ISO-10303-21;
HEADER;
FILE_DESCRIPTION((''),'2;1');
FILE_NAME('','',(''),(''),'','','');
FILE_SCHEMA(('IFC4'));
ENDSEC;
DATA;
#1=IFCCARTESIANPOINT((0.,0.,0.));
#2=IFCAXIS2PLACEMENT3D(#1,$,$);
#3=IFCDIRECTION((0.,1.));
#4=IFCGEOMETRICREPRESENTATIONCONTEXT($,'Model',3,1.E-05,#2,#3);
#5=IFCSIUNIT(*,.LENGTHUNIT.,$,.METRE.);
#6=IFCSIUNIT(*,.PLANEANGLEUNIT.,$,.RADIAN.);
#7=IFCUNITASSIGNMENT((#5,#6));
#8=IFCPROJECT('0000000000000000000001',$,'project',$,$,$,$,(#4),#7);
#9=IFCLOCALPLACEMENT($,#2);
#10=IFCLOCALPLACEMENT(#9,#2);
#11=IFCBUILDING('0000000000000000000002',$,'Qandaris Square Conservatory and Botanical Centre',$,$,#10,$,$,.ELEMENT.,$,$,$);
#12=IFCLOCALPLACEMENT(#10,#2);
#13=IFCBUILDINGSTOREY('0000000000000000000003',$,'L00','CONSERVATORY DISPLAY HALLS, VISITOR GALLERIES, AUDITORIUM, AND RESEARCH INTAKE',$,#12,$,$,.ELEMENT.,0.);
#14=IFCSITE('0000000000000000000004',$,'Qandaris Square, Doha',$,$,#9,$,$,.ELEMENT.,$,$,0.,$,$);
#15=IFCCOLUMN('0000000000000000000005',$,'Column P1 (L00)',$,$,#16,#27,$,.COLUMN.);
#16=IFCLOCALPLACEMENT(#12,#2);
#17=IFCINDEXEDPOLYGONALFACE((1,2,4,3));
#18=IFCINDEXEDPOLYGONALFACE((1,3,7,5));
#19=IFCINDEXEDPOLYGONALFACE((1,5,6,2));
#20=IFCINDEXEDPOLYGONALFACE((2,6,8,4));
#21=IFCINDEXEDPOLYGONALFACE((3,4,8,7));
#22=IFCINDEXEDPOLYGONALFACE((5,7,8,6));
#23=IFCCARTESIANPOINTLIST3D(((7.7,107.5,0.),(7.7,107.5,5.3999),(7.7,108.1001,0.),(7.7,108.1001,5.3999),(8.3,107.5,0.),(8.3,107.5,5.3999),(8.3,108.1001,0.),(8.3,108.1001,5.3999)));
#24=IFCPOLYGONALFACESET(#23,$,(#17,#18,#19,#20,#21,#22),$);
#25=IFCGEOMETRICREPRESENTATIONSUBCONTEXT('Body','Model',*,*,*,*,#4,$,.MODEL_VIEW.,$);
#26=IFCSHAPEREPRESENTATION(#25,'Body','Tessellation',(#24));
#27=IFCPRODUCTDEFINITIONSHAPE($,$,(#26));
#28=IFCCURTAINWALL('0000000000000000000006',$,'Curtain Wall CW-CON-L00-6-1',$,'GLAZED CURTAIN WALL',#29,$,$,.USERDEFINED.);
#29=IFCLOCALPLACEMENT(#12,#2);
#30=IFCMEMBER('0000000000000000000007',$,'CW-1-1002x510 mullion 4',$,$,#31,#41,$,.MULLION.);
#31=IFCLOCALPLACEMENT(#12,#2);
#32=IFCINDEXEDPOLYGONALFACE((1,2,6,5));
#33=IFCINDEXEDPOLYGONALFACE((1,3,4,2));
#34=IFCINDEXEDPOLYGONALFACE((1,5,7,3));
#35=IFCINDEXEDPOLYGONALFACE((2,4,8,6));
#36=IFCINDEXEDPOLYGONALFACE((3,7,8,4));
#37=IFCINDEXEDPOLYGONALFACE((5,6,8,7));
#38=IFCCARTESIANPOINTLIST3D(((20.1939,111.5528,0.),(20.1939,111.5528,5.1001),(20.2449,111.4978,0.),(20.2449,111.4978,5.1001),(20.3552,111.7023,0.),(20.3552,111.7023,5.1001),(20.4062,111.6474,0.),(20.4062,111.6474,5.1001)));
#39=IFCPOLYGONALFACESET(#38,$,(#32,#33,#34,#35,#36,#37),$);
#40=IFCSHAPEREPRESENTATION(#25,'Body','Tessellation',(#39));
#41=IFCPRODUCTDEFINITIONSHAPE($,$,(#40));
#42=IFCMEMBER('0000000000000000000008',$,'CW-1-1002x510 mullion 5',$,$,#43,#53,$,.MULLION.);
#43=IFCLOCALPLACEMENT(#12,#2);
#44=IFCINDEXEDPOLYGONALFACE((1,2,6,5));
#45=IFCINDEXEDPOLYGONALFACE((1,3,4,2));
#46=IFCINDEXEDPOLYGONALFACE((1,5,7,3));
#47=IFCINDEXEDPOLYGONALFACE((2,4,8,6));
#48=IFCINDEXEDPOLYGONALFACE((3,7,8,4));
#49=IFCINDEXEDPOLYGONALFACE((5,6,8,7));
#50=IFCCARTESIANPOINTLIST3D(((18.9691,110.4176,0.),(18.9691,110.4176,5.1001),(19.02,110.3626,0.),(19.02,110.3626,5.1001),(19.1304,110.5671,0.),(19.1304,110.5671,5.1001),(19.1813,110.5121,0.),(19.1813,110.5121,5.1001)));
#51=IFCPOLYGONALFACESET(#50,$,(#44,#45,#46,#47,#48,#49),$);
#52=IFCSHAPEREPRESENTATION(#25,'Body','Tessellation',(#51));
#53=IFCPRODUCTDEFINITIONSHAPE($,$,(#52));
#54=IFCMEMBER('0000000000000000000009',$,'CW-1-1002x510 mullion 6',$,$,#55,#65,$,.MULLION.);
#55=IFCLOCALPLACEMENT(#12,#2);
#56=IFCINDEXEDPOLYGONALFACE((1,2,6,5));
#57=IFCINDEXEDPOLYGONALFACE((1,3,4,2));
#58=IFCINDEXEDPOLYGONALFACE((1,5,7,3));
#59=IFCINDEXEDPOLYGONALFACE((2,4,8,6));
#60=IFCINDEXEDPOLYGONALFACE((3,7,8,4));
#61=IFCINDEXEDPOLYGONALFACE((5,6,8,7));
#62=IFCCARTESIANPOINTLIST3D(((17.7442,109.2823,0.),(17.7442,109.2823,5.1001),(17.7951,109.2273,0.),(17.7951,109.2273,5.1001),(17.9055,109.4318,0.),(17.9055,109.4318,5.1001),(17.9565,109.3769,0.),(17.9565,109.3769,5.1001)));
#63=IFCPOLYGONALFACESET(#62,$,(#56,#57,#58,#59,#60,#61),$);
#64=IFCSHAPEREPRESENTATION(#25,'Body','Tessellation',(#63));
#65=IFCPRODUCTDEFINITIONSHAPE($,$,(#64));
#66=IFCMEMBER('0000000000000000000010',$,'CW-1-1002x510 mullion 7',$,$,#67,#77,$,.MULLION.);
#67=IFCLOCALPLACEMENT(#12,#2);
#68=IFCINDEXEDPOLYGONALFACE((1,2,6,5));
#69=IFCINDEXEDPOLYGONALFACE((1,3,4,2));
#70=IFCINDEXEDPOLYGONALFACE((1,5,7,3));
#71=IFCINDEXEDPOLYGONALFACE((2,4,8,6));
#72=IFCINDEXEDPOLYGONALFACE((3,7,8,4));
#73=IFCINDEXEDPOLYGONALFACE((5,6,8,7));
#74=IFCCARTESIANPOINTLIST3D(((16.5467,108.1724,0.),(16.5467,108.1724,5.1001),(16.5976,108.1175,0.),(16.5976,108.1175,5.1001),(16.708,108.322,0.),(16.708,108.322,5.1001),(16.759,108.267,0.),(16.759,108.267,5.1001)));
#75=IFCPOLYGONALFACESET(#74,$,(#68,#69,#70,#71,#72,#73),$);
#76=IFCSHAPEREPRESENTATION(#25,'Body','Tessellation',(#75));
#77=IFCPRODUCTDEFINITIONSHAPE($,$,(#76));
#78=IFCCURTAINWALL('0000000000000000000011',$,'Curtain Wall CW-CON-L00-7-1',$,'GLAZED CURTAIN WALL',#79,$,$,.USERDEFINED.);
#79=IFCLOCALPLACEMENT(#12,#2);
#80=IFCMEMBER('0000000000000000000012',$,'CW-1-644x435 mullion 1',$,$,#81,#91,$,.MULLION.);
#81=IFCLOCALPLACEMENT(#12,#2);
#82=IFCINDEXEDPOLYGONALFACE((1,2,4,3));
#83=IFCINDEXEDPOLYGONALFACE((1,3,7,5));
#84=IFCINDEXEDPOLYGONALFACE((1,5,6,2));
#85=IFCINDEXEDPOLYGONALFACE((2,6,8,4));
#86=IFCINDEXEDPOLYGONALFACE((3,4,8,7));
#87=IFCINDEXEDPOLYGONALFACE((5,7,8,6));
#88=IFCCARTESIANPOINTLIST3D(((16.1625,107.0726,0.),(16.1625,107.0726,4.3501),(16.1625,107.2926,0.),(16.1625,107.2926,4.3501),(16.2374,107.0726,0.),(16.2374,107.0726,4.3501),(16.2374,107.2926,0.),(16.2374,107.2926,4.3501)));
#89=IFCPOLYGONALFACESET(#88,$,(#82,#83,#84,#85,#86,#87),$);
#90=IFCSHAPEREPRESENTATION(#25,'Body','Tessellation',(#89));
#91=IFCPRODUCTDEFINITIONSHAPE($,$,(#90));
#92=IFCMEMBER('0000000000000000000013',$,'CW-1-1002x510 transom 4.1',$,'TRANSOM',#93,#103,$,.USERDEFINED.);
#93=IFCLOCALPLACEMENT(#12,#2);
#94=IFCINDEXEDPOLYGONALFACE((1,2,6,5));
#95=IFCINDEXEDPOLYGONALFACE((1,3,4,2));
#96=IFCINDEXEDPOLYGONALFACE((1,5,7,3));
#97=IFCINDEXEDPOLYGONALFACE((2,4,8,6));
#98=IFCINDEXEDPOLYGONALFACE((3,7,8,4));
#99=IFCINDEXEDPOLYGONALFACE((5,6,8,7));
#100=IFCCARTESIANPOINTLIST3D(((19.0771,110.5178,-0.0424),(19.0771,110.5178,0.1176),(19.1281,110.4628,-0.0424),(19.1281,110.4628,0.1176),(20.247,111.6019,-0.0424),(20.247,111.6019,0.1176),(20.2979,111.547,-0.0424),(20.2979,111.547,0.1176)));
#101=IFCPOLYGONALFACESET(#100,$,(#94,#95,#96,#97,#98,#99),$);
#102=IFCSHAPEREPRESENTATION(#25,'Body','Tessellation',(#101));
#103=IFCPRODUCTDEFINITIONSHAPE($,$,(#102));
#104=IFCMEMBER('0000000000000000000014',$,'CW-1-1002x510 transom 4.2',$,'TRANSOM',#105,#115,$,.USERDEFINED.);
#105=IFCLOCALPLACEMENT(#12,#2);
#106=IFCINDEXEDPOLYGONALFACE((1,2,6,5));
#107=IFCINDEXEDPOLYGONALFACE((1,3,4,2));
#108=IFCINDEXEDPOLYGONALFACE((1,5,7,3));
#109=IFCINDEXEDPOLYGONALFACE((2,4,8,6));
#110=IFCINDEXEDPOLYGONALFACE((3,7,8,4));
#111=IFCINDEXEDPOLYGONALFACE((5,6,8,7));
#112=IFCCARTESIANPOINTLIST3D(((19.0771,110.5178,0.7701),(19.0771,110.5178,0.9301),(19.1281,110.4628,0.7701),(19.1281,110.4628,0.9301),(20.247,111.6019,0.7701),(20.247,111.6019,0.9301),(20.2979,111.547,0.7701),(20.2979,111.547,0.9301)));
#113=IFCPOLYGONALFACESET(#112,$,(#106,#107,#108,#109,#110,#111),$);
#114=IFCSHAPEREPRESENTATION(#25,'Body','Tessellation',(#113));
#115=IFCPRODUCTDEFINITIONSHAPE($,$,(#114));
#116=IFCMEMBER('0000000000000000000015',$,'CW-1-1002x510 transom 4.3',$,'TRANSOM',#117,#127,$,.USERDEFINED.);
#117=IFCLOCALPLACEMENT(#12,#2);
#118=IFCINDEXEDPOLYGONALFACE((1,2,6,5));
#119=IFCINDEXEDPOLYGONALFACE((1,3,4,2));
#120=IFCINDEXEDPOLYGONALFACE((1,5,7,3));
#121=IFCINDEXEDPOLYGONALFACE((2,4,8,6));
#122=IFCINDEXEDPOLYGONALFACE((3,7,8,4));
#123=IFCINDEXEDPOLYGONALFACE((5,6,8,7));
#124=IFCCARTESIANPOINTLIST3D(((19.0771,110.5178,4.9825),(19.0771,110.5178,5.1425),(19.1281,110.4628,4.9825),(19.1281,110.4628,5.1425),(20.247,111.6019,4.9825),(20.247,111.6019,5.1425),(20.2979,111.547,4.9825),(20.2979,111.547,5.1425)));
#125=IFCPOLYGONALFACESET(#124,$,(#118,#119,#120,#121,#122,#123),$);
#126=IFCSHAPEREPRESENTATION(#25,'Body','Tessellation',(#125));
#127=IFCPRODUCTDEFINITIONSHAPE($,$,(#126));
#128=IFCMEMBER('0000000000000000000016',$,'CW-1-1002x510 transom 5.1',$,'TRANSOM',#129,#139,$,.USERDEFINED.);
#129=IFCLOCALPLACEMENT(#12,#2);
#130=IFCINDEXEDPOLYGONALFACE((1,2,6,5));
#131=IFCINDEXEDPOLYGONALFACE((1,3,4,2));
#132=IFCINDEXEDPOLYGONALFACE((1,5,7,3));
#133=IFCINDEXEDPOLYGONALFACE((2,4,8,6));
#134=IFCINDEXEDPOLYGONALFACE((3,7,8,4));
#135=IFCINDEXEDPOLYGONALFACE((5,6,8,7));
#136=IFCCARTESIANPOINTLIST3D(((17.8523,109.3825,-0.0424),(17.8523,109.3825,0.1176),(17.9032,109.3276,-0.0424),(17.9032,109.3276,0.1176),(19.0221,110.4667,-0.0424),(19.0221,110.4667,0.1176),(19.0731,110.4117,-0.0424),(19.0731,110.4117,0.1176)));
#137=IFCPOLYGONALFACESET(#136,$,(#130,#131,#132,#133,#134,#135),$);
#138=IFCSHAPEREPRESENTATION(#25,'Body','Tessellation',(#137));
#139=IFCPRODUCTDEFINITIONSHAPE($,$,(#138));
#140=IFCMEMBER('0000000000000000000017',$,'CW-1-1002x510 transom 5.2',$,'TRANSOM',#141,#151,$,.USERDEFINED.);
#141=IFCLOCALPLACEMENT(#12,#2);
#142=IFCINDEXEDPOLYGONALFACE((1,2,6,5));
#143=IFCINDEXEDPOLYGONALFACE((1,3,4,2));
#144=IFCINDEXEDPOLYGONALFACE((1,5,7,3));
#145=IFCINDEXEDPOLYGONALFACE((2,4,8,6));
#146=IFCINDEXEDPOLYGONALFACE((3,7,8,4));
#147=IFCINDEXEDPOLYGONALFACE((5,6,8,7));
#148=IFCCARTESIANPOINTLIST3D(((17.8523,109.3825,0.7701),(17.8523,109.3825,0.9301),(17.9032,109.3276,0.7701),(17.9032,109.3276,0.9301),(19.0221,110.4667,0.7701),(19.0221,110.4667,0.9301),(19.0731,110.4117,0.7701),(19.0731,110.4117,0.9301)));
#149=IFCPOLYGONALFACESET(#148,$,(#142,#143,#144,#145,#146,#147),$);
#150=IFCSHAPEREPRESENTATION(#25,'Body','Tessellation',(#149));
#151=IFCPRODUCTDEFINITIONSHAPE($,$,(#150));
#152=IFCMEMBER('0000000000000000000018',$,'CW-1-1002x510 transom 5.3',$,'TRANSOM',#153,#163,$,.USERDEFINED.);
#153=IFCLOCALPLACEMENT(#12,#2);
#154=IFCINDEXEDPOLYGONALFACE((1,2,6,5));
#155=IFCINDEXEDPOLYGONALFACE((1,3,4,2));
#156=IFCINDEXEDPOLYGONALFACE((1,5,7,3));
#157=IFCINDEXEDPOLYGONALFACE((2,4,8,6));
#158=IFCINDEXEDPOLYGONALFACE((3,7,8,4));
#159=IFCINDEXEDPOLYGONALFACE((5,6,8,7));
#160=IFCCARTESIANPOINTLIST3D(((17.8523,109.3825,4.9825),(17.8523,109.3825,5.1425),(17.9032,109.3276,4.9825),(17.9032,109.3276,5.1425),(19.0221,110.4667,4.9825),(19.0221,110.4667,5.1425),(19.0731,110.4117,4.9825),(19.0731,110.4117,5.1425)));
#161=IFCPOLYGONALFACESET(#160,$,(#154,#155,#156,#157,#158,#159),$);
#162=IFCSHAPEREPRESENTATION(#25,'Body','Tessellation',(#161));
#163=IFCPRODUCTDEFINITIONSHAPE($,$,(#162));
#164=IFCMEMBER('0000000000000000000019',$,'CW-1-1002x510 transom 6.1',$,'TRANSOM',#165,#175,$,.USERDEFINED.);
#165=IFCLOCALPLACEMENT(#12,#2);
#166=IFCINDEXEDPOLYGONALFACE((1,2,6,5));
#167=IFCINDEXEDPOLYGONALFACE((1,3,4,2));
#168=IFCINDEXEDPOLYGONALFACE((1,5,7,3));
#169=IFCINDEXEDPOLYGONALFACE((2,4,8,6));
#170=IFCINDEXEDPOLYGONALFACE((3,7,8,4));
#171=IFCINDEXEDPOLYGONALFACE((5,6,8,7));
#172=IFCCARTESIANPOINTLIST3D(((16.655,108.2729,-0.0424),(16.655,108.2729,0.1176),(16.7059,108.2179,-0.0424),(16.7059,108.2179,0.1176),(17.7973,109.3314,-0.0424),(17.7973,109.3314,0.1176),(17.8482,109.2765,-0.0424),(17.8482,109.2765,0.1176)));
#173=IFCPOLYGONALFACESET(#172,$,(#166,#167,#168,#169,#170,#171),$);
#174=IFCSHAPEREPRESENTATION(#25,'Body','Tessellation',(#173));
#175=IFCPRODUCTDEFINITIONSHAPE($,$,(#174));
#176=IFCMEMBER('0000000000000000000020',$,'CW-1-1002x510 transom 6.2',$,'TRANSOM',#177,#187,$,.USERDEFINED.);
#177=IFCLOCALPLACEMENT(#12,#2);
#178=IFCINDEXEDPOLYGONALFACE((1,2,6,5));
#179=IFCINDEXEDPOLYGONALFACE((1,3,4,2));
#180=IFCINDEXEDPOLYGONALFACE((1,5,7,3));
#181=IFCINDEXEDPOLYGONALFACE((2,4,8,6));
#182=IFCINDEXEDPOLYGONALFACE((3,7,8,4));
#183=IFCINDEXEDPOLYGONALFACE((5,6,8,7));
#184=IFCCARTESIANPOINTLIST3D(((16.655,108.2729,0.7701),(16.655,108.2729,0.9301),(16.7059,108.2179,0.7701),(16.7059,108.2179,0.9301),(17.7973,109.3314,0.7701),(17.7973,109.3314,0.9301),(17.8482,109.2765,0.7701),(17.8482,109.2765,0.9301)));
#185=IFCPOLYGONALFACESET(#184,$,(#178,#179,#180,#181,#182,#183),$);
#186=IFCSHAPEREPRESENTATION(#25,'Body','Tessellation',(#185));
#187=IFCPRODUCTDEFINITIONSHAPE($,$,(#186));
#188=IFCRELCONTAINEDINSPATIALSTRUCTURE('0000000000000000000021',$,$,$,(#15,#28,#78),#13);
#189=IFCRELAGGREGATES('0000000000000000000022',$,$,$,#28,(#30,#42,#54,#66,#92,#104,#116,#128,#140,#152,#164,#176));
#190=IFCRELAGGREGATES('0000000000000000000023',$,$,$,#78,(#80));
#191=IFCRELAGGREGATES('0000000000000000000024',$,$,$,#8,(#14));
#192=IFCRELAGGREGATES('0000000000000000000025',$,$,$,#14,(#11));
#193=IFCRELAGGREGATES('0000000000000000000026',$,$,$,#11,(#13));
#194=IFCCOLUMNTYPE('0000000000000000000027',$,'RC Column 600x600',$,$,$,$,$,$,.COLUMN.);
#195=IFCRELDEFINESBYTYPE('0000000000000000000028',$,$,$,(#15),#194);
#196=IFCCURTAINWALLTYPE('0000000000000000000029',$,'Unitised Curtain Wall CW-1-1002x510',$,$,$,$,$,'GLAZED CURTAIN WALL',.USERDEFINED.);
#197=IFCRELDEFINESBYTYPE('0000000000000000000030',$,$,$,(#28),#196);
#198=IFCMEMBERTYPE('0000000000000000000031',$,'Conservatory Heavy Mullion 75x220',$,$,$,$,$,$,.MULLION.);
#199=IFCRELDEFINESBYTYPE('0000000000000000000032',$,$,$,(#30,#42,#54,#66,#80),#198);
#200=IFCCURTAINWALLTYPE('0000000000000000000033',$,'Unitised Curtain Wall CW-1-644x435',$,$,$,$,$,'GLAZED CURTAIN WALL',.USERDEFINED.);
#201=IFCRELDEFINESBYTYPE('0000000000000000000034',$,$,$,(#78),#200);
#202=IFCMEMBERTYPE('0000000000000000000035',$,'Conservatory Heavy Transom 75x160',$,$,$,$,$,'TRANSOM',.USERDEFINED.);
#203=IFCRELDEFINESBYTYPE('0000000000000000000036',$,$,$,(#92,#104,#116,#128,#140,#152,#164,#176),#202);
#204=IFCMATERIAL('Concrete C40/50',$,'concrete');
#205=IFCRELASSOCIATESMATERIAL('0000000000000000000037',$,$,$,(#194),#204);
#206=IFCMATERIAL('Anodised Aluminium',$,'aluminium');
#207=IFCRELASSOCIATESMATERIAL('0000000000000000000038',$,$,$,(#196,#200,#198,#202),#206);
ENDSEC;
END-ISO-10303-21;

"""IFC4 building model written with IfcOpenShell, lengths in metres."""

from ifc_helpers import new_model, si_unit, direction, frame, origin, origin_2d, place, context, subcontext, project, spatial, rectangle, extrude, material, material_profile, profile_set, type_object, element, aggregate, save


model = new_model("IFC4")

# Units and contexts
model_context = context("Model", 3, precision=1e-05, world=origin(), true_north=direction((0.0, 1.0)))
body_context = subcontext(model_context, "Body", "Model", "MODEL_VIEW")
ifc_project = project(units=[si_unit("LENGTHUNIT", "METRE"), si_unit("PLANEANGLEUNIT", "RADIAN")], contexts=[model_context])

# Site, building, storey
site_placement = place(None, origin())
site = spatial("IfcSite", under=ifc_project, at=site_placement, Name="Qandaris Square, Doha", CompositionType="ELEMENT", RefElevation=0.0)
building_placement = place(site_placement, origin())
building = spatial("IfcBuilding", under=site, at=building_placement, Name="Qandaris Square Conservatory and Botanical Centre", CompositionType="ELEMENT")
storey_placement = place(building_placement, origin())
storey = spatial("IfcBuildingStorey", under=building, at=storey_placement, Name="L00", Description="CONSERVATORY DISPLAY HALLS, VISITOR GALLERIES, AUDITORIUM, AND RESEARCH INTAKE", CompositionType="ELEMENT", Elevation=0.0)

# Shared definitions
ifc_material_1 = material(Name="Concrete C40/50", Category="concrete")

# Column
ifc_material_profile_1 = material_profile(ifc_material_1, rectangle(XDim=0.6001, YDim=0.6001, at=origin_2d()), Name="RC-COL 600x600")
ifc_profile_set_1 = profile_set([ifc_material_profile_1], Name="Concrete C40/50")
column_type_1 = type_object("IfcColumnType", Name="RC Column 600x600", PredefinedType="COLUMN", material=ifc_profile_set_1)
column_1_placement = place(storey_placement, frame((8.0, 107.8, 0.0), z_axis=(0.0, 0.0, 1.0), x_axis=(1.0, 0.0, 0.0)))
element("IfcColumn", 1, at=column_1_placement, inside=storey, type_object=column_type_1, Name="Column P1 (L00)", PredefinedType="COLUMN", context=body_context, shape_type="SweptSolid", body=[
    extrude(rectangle(XDim=0.6001, YDim=0.6001, at=origin_2d()), origin(), (0.0, 0.0, 1.0), 5.3999),
])

# Curtain wall, members
ifc_material_2 = material(Name="Anodised Aluminium", Category="aluminium")
curtain_wall_type_1 = type_object("IfcCurtainWallType", Name="Unitised Curtain Wall CW-1-1002x510", ElementType="GLAZED CURTAIN WALL", PredefinedType="USERDEFINED", material=ifc_material_2)
curtain_wall_1_placement = place(storey_placement, origin())
curtain_wall_1 = element("IfcCurtainWall", 2, at=curtain_wall_1_placement, inside=storey, type_object=curtain_wall_type_1, Name="Curtain Wall CW-CON-L00-6-1", ObjectType="GLAZED CURTAIN WALL", PredefinedType="USERDEFINED")
ifc_material_profile_2 = material_profile(ifc_material_2, rectangle(XDim=0.075, YDim=0.22, at=origin_2d()), Name="ALU-MUL 75x220")
ifc_profile_set_2 = profile_set([ifc_material_profile_2], Name="Anodised Aluminium")
member_type_1 = type_object("IfcMemberType", Name="Conservatory Heavy Mullion 75x220", PredefinedType="MULLION", material=ifc_profile_set_2)
member_1_placement = place(storey_placement, frame((20.3, 111.6001, 0.0), z_axis=(0.0, 0.0, 1.0), x_axis=(0.679762, -0.733433, 0.0)))
member_1 = element("IfcMember", 3, at=member_1_placement, type_object=member_type_1, Name="CW-1-1002x510 mullion 4", PredefinedType="MULLION", context=body_context, shape_type="SweptSolid", body=[
    extrude(rectangle(XDim=0.075, YDim=0.22, at=origin_2d()), origin(), (0.0, 0.0, 1.0), 5.1001),
])
member_2_placement = place(storey_placement, frame((19.0752, 110.4648, 0.0), z_axis=(0.0, 0.0, 1.0), x_axis=(0.679762, -0.733433, 0.0)))
member_2 = element("IfcMember", 4, at=member_2_placement, type_object=member_type_1, Name="CW-1-1002x510 mullion 5", PredefinedType="MULLION", context=body_context, shape_type="SweptSolid", body=[
    extrude(rectangle(XDim=0.075, YDim=0.22, at=origin_2d()), origin(), (0.0, 0.0, 1.0), 5.1001),
])
member_3_placement = place(storey_placement, frame((17.8503, 109.3296, 0.0), z_axis=(0.0, 0.0, 1.0), x_axis=(0.679762, -0.733433, 0.0)))
member_3 = element("IfcMember", 5, at=member_3_placement, type_object=member_type_1, Name="CW-1-1002x510 mullion 6", PredefinedType="MULLION", context=body_context, shape_type="SweptSolid", body=[
    extrude(rectangle(XDim=0.075, YDim=0.22, at=origin_2d()), origin(), (0.0, 0.0, 1.0), 5.1001),
])
member_4_placement = place(storey_placement, frame((16.6528, 108.2197, 0.0), z_axis=(0.0, 0.0, 1.0), x_axis=(0.679762, -0.733433, 0.0)))
member_4 = element("IfcMember", 6, at=member_4_placement, type_object=member_type_1, Name="CW-1-1002x510 mullion 7", PredefinedType="MULLION", context=body_context, shape_type="SweptSolid", body=[
    extrude(rectangle(XDim=0.075, YDim=0.22, at=origin_2d()), origin(), (0.0, 0.0, 1.0), 5.1001),
])

# Curtain wall, member
curtain_wall_type_2 = type_object("IfcCurtainWallType", Name="Unitised Curtain Wall CW-1-644x435", ElementType="GLAZED CURTAIN WALL", PredefinedType="USERDEFINED", material=ifc_material_2)
curtain_wall_2_placement = place(storey_placement, origin())
curtain_wall_2 = element("IfcCurtainWall", 7, at=curtain_wall_2_placement, inside=storey, type_object=curtain_wall_type_2, Name="Curtain Wall CW-CON-L00-7-1", ObjectType="GLAZED CURTAIN WALL", PredefinedType="USERDEFINED")
member_5_placement = place(storey_placement, frame((16.2, 107.1826, 0.0), z_axis=(0.0, 0.0, 1.0), x_axis=(1.0, 0.0, 0.0)))
member_5 = element("IfcMember", 8, at=member_5_placement, type_object=member_type_1, Name="CW-1-644x435 mullion 1", PredefinedType="MULLION", context=body_context, shape_type="SweptSolid", body=[
    extrude(rectangle(XDim=0.075, YDim=0.22, at=origin_2d()), origin(), (0.0, 0.0, 1.0), 4.3501),
])

# Members
ifc_material_profile_3 = material_profile(ifc_material_2, rectangle(XDim=0.075, YDim=0.1599, at=origin_2d()), Name="ALU-TRN 75x160")
ifc_profile_set_3 = profile_set([ifc_material_profile_3], Name="Anodised Aluminium")
member_type_2 = type_object("IfcMemberType", Name="Conservatory Heavy Transom 75x160", ElementType="TRANSOM", PredefinedType="USERDEFINED", material=ifc_profile_set_3)
member_6_placement = place(storey_placement, frame((20.2725, 111.5745, 0.0376), z_axis=(-0.733458, -0.679735, 0.0), x_axis=(0.679735, -0.733458, 0.0)))
member_6 = element("IfcMember", 9, at=member_6_placement, type_object=member_type_2, Name="CW-1-1002x510 transom 4.1", ObjectType="TRANSOM", PredefinedType="USERDEFINED", context=body_context, shape_type="SweptSolid", body=[
    extrude(rectangle(XDim=0.075, YDim=0.1599, at=origin_2d()), origin(), (0.0, 0.0, 1.0), 1.595),
])
member_7_placement = place(storey_placement, frame((20.2725, 111.5745, 0.8501), z_axis=(-0.733458, -0.679735, 0.0), x_axis=(0.679735, -0.733458, 0.0)))
member_7 = element("IfcMember", 10, at=member_7_placement, type_object=member_type_2, Name="CW-1-1002x510 transom 4.2", ObjectType="TRANSOM", PredefinedType="USERDEFINED", context=body_context, shape_type="SweptSolid", body=[
    extrude(rectangle(XDim=0.075, YDim=0.1599, at=origin_2d()), origin(), (0.0, 0.0, 1.0), 1.595),
])
member_8_placement = place(storey_placement, frame((20.2725, 111.5745, 5.0625), z_axis=(-0.733458, -0.679735, 0.0), x_axis=(0.679735, -0.733458, 0.0)))
member_8 = element("IfcMember", 11, at=member_8_placement, type_object=member_type_2, Name="CW-1-1002x510 transom 4.3", ObjectType="TRANSOM", PredefinedType="USERDEFINED", context=body_context, shape_type="SweptSolid", body=[
    extrude(rectangle(XDim=0.075, YDim=0.1599, at=origin_2d()), origin(), (0.0, 0.0, 1.0), 1.595),
])
member_9_placement = place(storey_placement, frame((19.0476, 110.4392, 0.0376), z_axis=(-0.733458, -0.679735, 0.0), x_axis=(0.679735, -0.733458, 0.0)))
member_9 = element("IfcMember", 12, at=member_9_placement, type_object=member_type_2, Name="CW-1-1002x510 transom 5.1", ObjectType="TRANSOM", PredefinedType="USERDEFINED", context=body_context, shape_type="SweptSolid", body=[
    extrude(rectangle(XDim=0.075, YDim=0.1599, at=origin_2d()), origin(), (0.0, 0.0, 1.0), 1.595),
])
member_10_placement = place(storey_placement, frame((19.0476, 110.4392, 0.8501), z_axis=(-0.733458, -0.679735, 0.0), x_axis=(0.679735, -0.733458, 0.0)))
member_10 = element("IfcMember", 13, at=member_10_placement, type_object=member_type_2, Name="CW-1-1002x510 transom 5.2", ObjectType="TRANSOM", PredefinedType="USERDEFINED", context=body_context, shape_type="SweptSolid", body=[
    extrude(rectangle(XDim=0.075, YDim=0.1599, at=origin_2d()), origin(), (0.0, 0.0, 1.0), 1.595),
])
member_11_placement = place(storey_placement, frame((19.0476, 110.4392, 5.0625), z_axis=(-0.733458, -0.679735, 0.0), x_axis=(0.679735, -0.733458, 0.0)))
member_11 = element("IfcMember", 14, at=member_11_placement, type_object=member_type_2, Name="CW-1-1002x510 transom 5.3", ObjectType="TRANSOM", PredefinedType="USERDEFINED", context=body_context, shape_type="SweptSolid", body=[
    extrude(rectangle(XDim=0.075, YDim=0.1599, at=origin_2d()), origin(), (0.0, 0.0, 1.0), 1.595),
])
member_12_placement = place(storey_placement, frame((17.8228, 109.304, 0.0376), z_axis=(-0.73348, -0.679711, 0.0), x_axis=(0.679711, -0.73348, 0.0)))
member_12 = element("IfcMember", 15, at=member_12_placement, type_object=member_type_2, Name="CW-1-1002x510 transom 6.1", ObjectType="TRANSOM", PredefinedType="USERDEFINED", context=body_context, shape_type="SweptSolid", body=[
    extrude(rectangle(XDim=0.075, YDim=0.1599, at=origin_2d()), origin(), (0.0, 0.0, 1.0), 1.5574),
])
member_13_placement = place(storey_placement, frame((17.8228, 109.304, 0.8501), z_axis=(-0.73348, -0.679711, 0.0), x_axis=(0.679711, -0.73348, 0.0)))
member_13 = element("IfcMember", 16, at=member_13_placement, type_object=member_type_2, Name="CW-1-1002x510 transom 6.2", ObjectType="TRANSOM", PredefinedType="USERDEFINED", context=body_context, shape_type="SweptSolid", body=[
    extrude(rectangle(XDim=0.075, YDim=0.1599, at=origin_2d()), origin(), (0.0, 0.0, 1.0), 1.5574),
])

aggregate(curtain_wall_1, [member_1, member_2, member_3, member_4, member_6, member_7, member_8, member_9, member_10, member_11, member_12, member_13])
aggregate(curtain_wall_2, [member_5])

save(model, "model.ifc")
